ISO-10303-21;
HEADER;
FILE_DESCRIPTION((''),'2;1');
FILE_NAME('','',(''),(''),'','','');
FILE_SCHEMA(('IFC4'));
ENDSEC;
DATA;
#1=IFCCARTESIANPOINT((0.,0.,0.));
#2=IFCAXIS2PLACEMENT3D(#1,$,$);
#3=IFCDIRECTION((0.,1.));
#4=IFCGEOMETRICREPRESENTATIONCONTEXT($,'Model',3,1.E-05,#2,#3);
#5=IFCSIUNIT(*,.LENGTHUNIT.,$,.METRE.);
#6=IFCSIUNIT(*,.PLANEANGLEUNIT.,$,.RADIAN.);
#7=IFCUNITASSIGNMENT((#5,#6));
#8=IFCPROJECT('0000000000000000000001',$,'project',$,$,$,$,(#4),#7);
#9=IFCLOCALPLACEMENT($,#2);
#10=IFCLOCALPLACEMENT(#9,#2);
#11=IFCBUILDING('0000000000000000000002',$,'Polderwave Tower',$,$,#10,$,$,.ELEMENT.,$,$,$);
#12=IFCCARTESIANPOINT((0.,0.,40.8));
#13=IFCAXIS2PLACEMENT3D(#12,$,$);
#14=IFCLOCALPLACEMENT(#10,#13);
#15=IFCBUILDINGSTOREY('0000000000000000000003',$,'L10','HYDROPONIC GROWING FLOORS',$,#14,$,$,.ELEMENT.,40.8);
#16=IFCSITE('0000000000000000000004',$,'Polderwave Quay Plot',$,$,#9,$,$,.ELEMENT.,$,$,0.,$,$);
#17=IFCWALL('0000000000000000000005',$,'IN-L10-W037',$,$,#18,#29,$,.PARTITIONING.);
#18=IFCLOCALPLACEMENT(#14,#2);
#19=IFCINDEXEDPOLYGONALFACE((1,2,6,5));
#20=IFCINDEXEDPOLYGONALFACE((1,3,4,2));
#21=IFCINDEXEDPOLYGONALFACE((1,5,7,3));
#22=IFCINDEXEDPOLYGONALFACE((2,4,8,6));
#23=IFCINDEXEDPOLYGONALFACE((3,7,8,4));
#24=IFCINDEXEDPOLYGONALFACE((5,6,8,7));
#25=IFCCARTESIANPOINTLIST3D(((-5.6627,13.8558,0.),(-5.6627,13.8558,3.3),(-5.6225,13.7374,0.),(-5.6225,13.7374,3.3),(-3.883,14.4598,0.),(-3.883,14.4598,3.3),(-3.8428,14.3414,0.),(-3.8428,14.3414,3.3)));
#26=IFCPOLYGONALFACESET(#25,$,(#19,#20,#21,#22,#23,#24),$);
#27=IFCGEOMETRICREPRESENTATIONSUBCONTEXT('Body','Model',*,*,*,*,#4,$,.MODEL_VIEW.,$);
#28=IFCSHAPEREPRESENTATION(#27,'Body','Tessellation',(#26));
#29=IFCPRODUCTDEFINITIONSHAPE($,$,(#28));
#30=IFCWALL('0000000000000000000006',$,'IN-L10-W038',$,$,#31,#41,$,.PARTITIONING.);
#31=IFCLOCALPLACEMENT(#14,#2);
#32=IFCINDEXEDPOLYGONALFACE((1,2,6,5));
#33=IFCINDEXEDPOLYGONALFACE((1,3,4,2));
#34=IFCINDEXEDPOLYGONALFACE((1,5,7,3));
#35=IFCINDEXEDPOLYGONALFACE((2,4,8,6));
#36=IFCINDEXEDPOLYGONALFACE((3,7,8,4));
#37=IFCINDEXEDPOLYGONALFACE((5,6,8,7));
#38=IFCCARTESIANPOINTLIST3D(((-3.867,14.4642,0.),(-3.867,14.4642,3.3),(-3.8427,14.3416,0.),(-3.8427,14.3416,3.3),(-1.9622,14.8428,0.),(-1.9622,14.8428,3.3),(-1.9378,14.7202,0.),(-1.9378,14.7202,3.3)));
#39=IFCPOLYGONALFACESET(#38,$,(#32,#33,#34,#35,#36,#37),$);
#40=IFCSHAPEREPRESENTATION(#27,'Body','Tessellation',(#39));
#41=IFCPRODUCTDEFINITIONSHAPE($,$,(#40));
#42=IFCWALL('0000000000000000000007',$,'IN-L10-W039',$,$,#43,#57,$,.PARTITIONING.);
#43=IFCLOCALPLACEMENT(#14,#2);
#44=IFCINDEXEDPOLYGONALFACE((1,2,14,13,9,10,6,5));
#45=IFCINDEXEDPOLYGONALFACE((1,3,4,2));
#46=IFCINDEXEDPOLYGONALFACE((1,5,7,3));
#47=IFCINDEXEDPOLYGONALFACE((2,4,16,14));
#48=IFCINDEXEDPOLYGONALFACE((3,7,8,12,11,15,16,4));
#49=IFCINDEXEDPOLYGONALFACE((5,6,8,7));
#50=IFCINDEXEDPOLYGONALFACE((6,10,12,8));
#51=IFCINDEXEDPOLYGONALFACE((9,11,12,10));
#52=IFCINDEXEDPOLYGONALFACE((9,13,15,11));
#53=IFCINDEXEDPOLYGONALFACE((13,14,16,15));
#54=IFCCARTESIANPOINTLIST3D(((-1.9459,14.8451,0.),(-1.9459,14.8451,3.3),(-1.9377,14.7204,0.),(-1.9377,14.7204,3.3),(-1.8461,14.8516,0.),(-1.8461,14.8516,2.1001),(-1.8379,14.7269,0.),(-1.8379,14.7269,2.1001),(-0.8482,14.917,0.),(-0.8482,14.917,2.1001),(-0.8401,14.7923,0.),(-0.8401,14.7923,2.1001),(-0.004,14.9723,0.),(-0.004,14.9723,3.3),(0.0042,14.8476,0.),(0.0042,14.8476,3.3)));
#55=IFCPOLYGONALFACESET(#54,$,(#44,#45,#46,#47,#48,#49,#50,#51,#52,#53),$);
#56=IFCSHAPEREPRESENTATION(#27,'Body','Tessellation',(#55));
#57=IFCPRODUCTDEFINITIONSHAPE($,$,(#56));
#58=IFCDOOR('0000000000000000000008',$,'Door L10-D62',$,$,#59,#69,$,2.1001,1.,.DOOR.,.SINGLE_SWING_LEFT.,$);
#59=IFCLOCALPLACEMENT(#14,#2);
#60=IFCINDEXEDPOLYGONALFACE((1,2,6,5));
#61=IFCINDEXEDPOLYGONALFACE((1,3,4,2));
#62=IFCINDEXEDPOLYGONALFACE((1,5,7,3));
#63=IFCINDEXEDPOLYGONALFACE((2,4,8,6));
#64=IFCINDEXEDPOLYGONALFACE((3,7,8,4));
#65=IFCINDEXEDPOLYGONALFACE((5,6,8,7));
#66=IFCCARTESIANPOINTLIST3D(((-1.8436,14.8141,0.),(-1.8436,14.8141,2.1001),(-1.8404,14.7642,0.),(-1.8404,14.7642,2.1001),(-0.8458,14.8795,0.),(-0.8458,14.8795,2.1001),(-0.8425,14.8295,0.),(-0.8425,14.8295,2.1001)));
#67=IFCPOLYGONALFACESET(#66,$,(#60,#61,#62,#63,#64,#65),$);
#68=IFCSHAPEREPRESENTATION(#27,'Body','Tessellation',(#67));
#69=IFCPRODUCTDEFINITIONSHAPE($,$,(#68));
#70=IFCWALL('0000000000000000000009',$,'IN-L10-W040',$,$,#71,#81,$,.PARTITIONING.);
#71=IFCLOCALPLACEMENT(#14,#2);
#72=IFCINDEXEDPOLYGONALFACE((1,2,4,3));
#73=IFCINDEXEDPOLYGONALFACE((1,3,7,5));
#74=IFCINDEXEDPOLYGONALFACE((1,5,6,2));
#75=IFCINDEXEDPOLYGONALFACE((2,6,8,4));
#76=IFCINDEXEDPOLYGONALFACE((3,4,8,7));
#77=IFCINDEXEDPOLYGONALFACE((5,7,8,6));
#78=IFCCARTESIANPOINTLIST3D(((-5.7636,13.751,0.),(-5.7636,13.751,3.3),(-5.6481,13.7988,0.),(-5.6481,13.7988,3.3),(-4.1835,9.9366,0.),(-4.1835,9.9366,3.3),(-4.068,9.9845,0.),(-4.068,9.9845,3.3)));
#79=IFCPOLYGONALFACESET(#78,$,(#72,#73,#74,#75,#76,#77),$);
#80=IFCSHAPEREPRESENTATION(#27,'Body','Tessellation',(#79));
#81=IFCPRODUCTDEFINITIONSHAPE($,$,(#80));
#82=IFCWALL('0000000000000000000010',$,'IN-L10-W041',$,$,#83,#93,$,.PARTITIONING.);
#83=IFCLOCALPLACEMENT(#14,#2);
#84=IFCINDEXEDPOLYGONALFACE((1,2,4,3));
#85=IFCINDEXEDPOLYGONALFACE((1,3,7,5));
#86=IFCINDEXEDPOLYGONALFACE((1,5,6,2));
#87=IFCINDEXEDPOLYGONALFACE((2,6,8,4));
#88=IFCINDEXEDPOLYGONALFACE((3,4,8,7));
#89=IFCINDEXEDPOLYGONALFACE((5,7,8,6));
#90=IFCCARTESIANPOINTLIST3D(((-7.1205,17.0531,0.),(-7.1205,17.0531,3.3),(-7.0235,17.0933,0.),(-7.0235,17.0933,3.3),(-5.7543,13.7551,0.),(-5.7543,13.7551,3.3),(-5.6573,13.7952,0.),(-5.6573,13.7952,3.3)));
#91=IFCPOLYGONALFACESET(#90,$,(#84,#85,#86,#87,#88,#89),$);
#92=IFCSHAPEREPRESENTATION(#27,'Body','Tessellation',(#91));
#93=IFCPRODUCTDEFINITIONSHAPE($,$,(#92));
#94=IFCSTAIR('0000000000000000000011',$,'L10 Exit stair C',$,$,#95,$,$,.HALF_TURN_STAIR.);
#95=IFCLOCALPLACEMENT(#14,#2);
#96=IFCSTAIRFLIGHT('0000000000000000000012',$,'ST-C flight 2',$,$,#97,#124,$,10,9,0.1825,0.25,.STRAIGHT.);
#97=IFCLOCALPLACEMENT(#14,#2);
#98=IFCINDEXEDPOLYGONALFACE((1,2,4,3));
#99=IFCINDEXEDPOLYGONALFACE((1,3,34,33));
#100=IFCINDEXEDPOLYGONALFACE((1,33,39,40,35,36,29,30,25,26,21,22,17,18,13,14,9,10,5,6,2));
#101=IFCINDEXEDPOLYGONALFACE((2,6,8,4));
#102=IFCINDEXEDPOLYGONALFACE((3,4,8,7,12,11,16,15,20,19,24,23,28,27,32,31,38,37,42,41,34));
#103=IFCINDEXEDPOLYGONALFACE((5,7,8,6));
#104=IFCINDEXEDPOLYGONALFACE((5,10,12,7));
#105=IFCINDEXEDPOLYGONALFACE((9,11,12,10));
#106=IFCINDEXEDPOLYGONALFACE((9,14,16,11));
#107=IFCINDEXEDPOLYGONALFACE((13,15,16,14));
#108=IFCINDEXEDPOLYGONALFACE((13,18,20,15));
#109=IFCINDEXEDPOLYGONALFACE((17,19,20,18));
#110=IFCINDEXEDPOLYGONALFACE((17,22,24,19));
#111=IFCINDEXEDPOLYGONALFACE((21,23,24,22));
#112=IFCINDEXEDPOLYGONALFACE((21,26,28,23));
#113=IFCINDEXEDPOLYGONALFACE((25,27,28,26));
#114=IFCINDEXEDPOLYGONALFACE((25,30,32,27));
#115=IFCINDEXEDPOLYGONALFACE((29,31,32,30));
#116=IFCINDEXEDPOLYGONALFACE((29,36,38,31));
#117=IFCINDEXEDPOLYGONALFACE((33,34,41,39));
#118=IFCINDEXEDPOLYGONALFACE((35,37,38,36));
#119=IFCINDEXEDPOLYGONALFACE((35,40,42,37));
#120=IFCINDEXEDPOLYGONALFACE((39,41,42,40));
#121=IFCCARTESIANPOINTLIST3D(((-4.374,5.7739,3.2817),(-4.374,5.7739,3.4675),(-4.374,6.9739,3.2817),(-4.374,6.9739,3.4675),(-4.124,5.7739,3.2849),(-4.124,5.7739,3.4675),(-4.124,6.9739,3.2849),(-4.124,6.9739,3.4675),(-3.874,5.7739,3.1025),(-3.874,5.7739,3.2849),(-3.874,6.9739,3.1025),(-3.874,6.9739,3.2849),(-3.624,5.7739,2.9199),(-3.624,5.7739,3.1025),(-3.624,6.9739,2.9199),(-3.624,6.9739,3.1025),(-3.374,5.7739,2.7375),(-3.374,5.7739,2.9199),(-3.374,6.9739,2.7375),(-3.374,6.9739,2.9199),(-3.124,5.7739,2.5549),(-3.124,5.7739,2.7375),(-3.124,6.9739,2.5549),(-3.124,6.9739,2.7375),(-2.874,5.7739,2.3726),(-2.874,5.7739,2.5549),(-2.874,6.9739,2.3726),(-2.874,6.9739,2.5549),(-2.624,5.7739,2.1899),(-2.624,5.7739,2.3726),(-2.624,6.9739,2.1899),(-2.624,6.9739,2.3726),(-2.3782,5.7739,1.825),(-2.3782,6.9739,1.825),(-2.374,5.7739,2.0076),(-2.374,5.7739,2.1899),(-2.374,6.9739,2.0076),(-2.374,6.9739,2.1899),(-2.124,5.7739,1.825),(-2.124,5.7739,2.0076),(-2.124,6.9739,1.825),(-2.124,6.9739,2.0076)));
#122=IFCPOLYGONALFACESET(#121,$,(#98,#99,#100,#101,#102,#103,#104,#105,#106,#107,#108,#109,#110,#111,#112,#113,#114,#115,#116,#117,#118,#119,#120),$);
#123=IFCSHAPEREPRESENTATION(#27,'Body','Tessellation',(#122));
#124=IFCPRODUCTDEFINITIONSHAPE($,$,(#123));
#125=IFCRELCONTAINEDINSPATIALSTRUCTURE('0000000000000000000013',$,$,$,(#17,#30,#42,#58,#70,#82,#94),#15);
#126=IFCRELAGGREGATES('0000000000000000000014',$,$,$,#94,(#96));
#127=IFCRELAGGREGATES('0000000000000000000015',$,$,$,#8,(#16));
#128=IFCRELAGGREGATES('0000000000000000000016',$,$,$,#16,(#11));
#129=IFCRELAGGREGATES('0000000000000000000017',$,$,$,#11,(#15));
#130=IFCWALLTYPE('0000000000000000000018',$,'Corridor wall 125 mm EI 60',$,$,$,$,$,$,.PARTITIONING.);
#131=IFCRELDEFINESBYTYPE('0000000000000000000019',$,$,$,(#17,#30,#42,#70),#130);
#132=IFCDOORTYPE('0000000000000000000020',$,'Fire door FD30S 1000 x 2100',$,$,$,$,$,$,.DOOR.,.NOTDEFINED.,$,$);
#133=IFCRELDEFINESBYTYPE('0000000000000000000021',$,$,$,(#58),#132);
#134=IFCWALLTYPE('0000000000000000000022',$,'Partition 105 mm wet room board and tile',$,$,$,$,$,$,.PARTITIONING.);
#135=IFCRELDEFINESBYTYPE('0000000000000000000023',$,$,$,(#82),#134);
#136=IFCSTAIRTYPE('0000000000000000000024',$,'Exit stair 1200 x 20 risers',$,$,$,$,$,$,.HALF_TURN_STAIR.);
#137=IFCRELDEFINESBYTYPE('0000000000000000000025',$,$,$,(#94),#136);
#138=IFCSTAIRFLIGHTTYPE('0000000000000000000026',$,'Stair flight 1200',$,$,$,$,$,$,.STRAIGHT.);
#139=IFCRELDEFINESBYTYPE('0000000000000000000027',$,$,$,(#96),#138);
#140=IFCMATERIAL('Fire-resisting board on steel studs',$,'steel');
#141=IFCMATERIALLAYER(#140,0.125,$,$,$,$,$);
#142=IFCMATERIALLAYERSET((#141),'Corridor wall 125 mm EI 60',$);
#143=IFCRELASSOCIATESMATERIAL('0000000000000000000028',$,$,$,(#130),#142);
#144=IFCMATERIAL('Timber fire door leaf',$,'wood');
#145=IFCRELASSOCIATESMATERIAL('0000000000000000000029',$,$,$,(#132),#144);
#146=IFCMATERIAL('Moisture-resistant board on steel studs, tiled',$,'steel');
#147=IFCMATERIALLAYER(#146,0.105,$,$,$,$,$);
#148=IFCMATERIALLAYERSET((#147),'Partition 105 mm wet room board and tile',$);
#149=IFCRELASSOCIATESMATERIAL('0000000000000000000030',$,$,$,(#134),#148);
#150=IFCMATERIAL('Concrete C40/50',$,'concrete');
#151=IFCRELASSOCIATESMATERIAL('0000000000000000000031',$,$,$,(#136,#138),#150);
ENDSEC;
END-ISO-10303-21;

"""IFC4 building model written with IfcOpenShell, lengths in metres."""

from ifc_helpers import new_model, si_unit, direction, frame, frame_2d, origin, place, context, subcontext, project, spatial, polyline, rectangle, outline, extrude, material, layer, layer_set, type_object, element, fill, aggregate, save


model = new_model("IFC4")

# Units and contexts
model_context = context("Model", 3, precision=1e-05, world=origin(), true_north=direction((0.0, 1.0)))
body_context = subcontext(model_context, "Body", "Model", "MODEL_VIEW")
ifc_project = project(units=[si_unit("LENGTHUNIT", "METRE"), si_unit("PLANEANGLEUNIT", "RADIAN")], contexts=[model_context])

# Site, building, storey
site_placement = place(None, origin())
site = spatial("IfcSite", under=ifc_project, at=site_placement, Name="Polderwave Quay Plot", CompositionType="ELEMENT", RefElevation=0.0)
building_placement = place(site_placement, origin())
building = spatial("IfcBuilding", under=site, at=building_placement, Name="Polderwave Tower", CompositionType="ELEMENT")
storey_placement = place(building_placement, frame((0.0, 0.0, 40.8)))
storey = spatial("IfcBuildingStorey", under=building, at=storey_placement, Name="L10", Description="HYDROPONIC GROWING FLOORS", CompositionType="ELEMENT", Elevation=40.8)

# Shared definitions
ifc_material_1 = material(Name="Fire-resisting board on steel studs", Category="steel")
ifc_layer_1 = layer(ifc_material_1, 0.125)
ifc_layer_set_1 = layer_set([ifc_layer_1], Name="Corridor wall 125 mm EI 60")
wall_type_1 = type_object("IfcWallType", Name="Corridor wall 125 mm EI 60", PredefinedType="PARTITIONING", material=ifc_layer_set_1)
ifc_material_2 = material(Name="Timber fire door leaf", Category="wood")
door_type = type_object("IfcDoorType", Name="Fire door FD30S 1000 x 2100", OperationType="NOTDEFINED", PredefinedType="DOOR", material=ifc_material_2)

# Walls
wall_1_placement = place(storey_placement, frame((-5.6426, 13.7966, 0.0), z_axis=(0.0, 0.0, 1.0), x_axis=(0.946955, 0.321367, 0.0)))
element("IfcWall", 1, at=wall_1_placement, inside=storey, type_object=wall_type_1, Name="IN-L10-W037", PredefinedType="PARTITIONING", context=body_context, shape_type="SweptSolid", body=[
    extrude(rectangle(XDim=1.8794, YDim=0.125, at=frame_2d((0.9397, 0.0))), origin(), (0.0, 0.0, 1.0), 3.3),
])
wall_2_placement = place(storey_placement, frame((-3.855, 14.4028, 0.0), z_axis=(0.0, 0.0, 1.0), x_axis=(0.980807, 0.19498, 0.0)))
element("IfcWall", 2, at=wall_2_placement, inside=storey, type_object=wall_type_1, Name="IN-L10-W038", PredefinedType="PARTITIONING", context=body_context, shape_type="SweptSolid", body=[
    extrude(rectangle(XDim=1.9421, YDim=0.125, at=frame_2d((0.9712, 0.0))), origin(), (0.0, 0.0, 1.0), 3.3),
])

# Wall, opening, door
wall_3_placement = place(storey_placement, frame((-1.9419, 14.7827, 0.0), z_axis=(0.0, 0.0, 1.0), x_axis=(0.997862, 0.065362, 0.0)))
wall_3 = element("IfcWall", 3, at=wall_3_placement, inside=storey, type_object=wall_type_1, Name="IN-L10-W039", PredefinedType="PARTITIONING", context=body_context, shape_type="SweptSolid", body=[
    extrude(rectangle(XDim=1.946, YDim=0.125, at=frame_2d((0.9731, 0.0))), origin(), (0.0, 0.0, 1.0), 3.3),
])
opening_1_placement = place(wall_3_placement, frame((0.1001, 0.0, 0.0)))
opening_1 = element("IfcOpeningElement", 4, at=opening_1_placement, cuts=wall_3, PredefinedType="OPENING", context=body_context, shape_type="SweptSolid", body=[
    extrude(rectangle(XDim=1.0, YDim=2.1001, at=frame_2d((0.5, 1.05))), frame((0.0, 0.0725, 0.0), z_axis=(0.0, -1.0, 0.0), x_axis=(1.0, 0.0, 0.0)), (0.0, 0.0, 1.0), 0.145),
])
door_1_placement = place(opening_1_placement, origin())
door_1 = element("IfcDoor", 5, at=door_1_placement, inside=storey, type_object=door_type, Name="Door L10-D62", OperationType="SINGLE_SWING_LEFT", OverallHeight=2.1001, OverallWidth=1.0, PredefinedType="DOOR", context=body_context, shape_type="SweptSolid", body=[
    extrude(rectangle(XDim=1.0, YDim=2.1001, at=frame_2d((0.5, 1.05))), frame((0.0, 0.0249, 0.0), z_axis=(0.0, -1.0, 0.0), x_axis=(1.0, 0.0, 0.0)), (0.0, 0.0, 1.0), 0.05),
])
fill(opening_1, door_1)

# Walls
wall_4_placement = place(storey_placement, frame((-4.1257, 9.9604, 0.0), z_axis=(0.0, 0.0, 1.0), x_axis=(-0.3827, 0.923873, 0.0)))
element("IfcWall", 6, at=wall_4_placement, inside=storey, type_object=wall_type_1, Name="IN-L10-W040", PredefinedType="PARTITIONING", context=body_context, shape_type="SweptSolid", body=[
    extrude(rectangle(XDim=4.1287, YDim=0.125, at=frame_2d((2.0645, 0.0))), origin(), (0.0, 0.0, 1.0), 3.3),
])
ifc_material_3 = material(Name="Moisture-resistant board on steel studs, tiled", Category="steel")
ifc_layer_2 = layer(ifc_material_3, 0.105)
ifc_layer_set_2 = layer_set([ifc_layer_2], Name="Partition 105 mm wet room board and tile")
wall_type_2 = type_object("IfcWallType", Name="Partition 105 mm wet room board and tile", PredefinedType="PARTITIONING", material=ifc_layer_set_2)
wall_5_placement = place(storey_placement, frame((-5.7058, 13.7751, 0.0), z_axis=(0.0, 0.0, 1.0), x_axis=(-0.382706, 0.92387, 0.0)))
element("IfcWall", 7, at=wall_5_placement, inside=storey, type_object=wall_type_2, Name="IN-L10-W041", PredefinedType="PARTITIONING", context=body_context, shape_type="SweptSolid", body=[
    extrude(rectangle(XDim=3.5698, YDim=0.105, at=frame_2d((1.7849, 0.0))), origin(), (0.0, 0.0, 1.0), 3.3),
])

# Stair, stair flight
ifc_material_4 = material(Name="Concrete C40/50", Category="concrete")
stair_type = type_object("IfcStairType", Name="Exit stair 1200 x 20 risers", PredefinedType="HALF_TURN_STAIR", material=ifc_material_4)
stair_placement = place(storey_placement, origin())
stair = element("IfcStair", 8, at=stair_placement, inside=storey, type_object=stair_type, Name="L10 Exit stair C", PredefinedType="HALF_TURN_STAIR")
stair_flight_type = type_object("IfcStairFlightType", Name="Stair flight 1200", PredefinedType="STRAIGHT", material=ifc_material_4)
stair_flight_placement = place(storey_placement, frame((-2.124, 6.374, 1.825), z_axis=(0.0, 0.0, 1.0), x_axis=(-1.0, 0.0, 0.0)))
stair_flight = element("IfcStairFlight", 9, at=stair_flight_placement, type_object=stair_flight_type, Name="ST-C flight 2", NumberOfRisers=10, NumberOfTreads=9, PredefinedType="STRAIGHT", RiserHeight=0.1825, TreadLength=0.25, context=body_context, shape_type="SweptSolid", body=[
    extrude(outline(polyline([(0.0, 0.0), (0.0, 0.1826), (0.25, 0.1826), (0.25, 0.365), (0.5, 0.365), (0.5, 0.5476), (0.75, 0.5476), (0.75, 0.73), (1.0, 0.73), (1.0, 0.9126), (1.25, 0.9126), (1.25, 1.095), (1.5, 1.095), (1.5, 1.2776), (1.75, 1.2776), (1.75, 1.46), (2.0, 1.46), (2.0, 1.6426), (2.25, 1.6426), (2.25, 1.825), (2.25, 1.4568), (0.2542, 0.0), (0.0, 0.0)])), frame((0.0, 0.6001, 0.0), z_axis=(0.0, -1.0, 0.0), x_axis=(1.0, 0.0, 0.0)), (0.0, 0.0, 1.0), 1.2),
])
aggregate(stair, [stair_flight])

save(model, "model.ifc")
